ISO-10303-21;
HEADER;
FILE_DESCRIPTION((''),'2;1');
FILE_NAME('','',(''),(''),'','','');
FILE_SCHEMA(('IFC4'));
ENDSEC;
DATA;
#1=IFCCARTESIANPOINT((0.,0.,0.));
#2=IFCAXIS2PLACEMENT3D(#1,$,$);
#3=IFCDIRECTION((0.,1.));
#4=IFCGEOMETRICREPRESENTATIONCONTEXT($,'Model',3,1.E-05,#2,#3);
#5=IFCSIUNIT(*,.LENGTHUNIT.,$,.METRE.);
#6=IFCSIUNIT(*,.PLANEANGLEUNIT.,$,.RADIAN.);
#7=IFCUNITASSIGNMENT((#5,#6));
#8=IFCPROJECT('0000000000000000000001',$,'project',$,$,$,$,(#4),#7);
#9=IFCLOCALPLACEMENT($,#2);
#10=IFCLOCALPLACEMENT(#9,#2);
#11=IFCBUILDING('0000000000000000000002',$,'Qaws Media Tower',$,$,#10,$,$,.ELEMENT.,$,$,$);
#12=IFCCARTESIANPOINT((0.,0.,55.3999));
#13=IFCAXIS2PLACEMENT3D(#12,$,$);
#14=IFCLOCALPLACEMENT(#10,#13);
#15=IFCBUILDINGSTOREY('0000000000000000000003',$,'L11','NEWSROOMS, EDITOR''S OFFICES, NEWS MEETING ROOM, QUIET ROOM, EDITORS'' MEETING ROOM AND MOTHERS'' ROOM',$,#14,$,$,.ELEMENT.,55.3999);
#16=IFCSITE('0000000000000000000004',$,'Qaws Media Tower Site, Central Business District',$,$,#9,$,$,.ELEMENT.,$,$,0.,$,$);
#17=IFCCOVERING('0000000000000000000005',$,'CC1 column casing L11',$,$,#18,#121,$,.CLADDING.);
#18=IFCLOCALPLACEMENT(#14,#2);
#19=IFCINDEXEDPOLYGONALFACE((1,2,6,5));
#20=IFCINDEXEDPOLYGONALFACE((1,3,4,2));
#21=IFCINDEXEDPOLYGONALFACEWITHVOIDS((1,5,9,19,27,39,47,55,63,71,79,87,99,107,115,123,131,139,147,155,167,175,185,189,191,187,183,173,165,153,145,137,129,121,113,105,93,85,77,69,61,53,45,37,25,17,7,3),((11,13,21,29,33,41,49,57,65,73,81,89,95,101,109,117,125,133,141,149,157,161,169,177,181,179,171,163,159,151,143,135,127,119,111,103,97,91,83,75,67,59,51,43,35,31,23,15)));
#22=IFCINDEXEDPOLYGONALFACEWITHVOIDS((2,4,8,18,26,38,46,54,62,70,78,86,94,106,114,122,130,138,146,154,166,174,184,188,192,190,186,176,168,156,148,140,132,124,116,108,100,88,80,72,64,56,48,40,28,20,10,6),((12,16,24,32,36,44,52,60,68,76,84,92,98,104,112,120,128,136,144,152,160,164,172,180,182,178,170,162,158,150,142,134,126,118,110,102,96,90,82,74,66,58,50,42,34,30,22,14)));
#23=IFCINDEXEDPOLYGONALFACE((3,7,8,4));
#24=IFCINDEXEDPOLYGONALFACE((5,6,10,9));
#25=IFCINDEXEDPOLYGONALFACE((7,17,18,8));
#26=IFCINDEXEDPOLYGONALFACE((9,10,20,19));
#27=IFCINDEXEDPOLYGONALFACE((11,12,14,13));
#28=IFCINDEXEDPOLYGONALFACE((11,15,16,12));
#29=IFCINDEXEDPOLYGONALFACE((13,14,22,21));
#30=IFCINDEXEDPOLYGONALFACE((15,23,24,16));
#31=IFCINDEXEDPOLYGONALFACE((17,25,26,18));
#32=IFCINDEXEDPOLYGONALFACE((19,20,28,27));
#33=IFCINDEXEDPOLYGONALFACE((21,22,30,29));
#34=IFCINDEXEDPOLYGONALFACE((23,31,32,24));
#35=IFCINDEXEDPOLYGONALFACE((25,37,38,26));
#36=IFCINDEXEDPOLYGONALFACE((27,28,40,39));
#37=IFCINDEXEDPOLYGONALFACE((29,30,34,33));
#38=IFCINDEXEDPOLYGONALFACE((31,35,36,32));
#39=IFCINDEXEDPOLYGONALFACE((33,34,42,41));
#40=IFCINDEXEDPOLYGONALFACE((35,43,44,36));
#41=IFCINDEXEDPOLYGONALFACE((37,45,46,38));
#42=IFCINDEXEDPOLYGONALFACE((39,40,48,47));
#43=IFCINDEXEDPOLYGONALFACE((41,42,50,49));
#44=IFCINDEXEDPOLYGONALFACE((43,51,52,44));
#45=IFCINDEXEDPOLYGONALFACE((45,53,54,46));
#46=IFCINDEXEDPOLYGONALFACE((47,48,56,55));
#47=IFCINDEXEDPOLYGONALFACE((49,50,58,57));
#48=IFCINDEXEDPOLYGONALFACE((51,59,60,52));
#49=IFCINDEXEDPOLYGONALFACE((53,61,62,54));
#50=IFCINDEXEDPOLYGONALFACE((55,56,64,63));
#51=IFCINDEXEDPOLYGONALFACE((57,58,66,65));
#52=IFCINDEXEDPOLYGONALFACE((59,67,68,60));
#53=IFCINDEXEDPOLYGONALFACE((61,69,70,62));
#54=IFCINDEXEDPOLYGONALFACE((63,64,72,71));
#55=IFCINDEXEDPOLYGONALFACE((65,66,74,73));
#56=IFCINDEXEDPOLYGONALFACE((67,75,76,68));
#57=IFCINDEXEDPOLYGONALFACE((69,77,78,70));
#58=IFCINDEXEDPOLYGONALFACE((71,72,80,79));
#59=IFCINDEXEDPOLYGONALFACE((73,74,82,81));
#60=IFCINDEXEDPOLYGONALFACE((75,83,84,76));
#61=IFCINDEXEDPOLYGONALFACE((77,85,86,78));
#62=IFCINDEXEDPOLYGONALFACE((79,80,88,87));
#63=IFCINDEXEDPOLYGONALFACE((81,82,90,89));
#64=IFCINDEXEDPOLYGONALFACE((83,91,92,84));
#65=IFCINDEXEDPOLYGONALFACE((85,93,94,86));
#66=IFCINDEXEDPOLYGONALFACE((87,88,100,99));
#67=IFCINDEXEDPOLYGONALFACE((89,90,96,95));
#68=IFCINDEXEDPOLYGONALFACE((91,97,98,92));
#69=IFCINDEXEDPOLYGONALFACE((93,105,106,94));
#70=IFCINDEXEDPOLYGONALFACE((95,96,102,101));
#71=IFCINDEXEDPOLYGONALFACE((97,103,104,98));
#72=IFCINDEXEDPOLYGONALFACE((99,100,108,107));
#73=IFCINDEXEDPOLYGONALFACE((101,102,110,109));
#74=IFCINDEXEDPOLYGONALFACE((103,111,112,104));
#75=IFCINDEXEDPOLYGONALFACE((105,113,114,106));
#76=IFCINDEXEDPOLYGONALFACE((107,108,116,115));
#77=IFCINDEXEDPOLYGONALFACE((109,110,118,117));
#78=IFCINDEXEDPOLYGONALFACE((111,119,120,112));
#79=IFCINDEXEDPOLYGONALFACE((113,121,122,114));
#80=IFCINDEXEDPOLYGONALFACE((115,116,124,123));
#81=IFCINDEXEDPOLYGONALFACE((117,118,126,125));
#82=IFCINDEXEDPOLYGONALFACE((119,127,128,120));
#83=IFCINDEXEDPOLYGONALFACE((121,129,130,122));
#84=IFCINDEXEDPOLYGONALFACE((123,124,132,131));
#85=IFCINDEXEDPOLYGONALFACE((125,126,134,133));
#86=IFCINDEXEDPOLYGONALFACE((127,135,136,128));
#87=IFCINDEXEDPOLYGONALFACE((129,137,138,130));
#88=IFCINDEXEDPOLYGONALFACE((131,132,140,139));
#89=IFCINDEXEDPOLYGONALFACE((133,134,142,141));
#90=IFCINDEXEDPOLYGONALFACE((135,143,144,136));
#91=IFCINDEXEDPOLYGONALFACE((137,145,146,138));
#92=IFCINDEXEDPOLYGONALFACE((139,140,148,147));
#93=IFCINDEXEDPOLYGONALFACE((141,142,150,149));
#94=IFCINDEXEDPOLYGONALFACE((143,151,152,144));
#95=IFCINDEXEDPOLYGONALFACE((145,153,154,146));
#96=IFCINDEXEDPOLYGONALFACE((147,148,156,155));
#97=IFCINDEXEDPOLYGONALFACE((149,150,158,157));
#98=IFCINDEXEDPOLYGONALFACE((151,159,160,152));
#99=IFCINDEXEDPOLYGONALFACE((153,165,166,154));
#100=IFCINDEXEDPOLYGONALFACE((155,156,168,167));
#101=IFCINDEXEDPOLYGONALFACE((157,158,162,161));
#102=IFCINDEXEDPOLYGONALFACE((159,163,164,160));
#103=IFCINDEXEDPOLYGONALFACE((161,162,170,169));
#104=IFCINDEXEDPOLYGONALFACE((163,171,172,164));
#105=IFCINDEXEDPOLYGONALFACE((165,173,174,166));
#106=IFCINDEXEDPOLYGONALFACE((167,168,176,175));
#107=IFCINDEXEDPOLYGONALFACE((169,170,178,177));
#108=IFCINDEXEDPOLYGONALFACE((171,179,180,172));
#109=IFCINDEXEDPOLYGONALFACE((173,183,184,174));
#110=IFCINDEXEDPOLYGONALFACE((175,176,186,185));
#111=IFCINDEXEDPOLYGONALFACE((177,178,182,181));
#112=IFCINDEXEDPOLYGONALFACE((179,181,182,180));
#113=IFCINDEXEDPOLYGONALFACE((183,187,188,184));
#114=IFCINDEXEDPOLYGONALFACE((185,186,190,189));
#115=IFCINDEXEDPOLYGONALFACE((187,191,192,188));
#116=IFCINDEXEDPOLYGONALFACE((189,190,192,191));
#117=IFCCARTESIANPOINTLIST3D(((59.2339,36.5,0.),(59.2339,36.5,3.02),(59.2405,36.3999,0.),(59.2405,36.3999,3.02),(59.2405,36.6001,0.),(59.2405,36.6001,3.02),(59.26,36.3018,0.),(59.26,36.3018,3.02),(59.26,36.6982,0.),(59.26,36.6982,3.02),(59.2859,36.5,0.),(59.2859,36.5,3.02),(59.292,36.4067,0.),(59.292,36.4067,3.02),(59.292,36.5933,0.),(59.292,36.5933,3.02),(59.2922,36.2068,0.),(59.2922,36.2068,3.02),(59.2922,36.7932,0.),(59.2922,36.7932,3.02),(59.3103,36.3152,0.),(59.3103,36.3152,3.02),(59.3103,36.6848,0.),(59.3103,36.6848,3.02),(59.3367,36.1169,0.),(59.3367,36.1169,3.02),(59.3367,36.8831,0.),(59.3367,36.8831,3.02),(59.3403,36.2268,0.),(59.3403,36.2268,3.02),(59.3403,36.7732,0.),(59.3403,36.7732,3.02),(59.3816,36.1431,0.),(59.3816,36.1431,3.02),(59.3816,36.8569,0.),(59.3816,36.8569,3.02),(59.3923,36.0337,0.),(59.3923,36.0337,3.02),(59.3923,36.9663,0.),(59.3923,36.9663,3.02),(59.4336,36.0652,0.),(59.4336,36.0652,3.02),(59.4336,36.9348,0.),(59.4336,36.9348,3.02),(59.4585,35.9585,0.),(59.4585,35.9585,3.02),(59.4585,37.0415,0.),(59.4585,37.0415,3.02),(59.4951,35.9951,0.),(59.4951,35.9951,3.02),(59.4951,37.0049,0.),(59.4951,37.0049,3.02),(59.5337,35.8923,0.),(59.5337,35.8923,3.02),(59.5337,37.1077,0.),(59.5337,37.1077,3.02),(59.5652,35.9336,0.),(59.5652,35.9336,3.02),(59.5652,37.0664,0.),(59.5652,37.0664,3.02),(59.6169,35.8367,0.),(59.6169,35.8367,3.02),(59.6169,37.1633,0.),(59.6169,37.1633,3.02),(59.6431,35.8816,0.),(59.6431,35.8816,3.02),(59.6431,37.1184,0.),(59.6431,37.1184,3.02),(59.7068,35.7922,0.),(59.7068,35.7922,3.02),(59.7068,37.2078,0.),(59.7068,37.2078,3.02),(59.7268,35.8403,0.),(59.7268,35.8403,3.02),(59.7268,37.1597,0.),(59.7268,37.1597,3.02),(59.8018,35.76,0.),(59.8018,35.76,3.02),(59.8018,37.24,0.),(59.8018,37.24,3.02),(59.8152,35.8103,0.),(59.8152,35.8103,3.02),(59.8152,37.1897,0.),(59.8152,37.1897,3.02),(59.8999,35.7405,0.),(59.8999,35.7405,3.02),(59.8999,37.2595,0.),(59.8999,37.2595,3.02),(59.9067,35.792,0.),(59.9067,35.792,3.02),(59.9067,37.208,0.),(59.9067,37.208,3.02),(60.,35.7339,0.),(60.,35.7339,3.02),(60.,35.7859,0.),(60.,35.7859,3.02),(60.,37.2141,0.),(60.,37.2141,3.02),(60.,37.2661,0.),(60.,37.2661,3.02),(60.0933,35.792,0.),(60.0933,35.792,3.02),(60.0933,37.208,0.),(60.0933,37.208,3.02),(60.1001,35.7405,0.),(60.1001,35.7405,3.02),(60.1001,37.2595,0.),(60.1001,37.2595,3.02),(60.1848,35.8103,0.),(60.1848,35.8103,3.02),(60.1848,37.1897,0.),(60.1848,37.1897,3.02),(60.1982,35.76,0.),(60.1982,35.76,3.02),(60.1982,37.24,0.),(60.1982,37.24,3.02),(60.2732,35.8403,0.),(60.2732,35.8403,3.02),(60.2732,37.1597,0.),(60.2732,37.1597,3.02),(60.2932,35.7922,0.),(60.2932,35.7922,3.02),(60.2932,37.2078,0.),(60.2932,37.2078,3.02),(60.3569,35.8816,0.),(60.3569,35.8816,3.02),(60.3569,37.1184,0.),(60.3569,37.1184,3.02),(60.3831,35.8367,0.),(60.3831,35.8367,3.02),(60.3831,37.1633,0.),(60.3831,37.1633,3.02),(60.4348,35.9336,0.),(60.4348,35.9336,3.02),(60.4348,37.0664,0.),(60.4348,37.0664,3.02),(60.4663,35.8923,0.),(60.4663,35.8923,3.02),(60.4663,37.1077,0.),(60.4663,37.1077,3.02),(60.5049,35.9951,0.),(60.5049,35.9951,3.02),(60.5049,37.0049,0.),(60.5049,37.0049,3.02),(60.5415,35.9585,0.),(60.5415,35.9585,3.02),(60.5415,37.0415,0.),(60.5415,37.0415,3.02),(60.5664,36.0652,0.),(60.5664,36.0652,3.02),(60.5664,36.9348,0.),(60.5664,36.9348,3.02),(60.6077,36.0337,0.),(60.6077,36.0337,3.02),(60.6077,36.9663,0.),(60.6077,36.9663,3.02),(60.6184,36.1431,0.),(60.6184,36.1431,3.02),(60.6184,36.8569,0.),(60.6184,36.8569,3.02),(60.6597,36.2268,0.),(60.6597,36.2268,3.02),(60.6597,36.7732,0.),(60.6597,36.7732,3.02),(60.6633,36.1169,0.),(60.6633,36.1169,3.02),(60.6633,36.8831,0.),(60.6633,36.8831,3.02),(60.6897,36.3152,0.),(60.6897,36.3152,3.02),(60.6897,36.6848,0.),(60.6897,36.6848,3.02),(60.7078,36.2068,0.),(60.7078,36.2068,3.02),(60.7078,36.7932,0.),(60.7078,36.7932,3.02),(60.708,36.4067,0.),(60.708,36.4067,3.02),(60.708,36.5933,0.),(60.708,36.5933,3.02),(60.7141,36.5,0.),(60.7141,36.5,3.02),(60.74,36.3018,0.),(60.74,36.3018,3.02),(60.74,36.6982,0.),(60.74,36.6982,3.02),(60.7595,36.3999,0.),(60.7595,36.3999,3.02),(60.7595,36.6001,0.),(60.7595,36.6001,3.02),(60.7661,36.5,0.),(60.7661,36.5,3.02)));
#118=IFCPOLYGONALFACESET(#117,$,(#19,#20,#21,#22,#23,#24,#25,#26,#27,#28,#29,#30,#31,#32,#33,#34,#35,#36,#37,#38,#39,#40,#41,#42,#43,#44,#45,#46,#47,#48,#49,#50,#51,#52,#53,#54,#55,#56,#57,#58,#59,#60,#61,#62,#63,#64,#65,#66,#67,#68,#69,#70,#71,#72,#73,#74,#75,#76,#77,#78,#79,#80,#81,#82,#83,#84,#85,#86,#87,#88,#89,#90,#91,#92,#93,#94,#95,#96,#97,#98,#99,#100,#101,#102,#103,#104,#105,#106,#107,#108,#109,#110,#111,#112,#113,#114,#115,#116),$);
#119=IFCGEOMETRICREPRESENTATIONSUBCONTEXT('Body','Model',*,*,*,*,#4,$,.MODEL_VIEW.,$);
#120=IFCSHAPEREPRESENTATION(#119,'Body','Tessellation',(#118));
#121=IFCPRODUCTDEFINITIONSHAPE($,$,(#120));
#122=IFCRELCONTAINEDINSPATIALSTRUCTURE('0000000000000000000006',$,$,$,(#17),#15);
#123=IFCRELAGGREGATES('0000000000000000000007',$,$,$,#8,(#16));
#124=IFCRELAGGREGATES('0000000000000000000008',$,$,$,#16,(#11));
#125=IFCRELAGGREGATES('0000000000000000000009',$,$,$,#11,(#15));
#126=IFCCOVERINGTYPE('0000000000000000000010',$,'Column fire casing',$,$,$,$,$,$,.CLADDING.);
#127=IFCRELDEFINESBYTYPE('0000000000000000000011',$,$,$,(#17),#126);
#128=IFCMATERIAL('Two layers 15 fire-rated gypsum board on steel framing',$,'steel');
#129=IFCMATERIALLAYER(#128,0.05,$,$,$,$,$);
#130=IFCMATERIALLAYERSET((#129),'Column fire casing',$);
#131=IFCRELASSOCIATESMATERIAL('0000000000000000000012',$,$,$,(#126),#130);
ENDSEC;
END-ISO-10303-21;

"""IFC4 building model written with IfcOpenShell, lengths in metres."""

from ifc_helpers import new_model, si_unit, direction, frame, origin, place, context, subcontext, project, spatial, polyline, outline, extrude, material, layer, layer_set, type_object, element, save


model = new_model("IFC4")

# Units and contexts
model_context = context("Model", 3, precision=1e-05, world=origin(), true_north=direction((0.0, 1.0)))
body_context = subcontext(model_context, "Body", "Model", "MODEL_VIEW")
ifc_project = project(units=[si_unit("LENGTHUNIT", "METRE"), si_unit("PLANEANGLEUNIT", "RADIAN")], contexts=[model_context])

# Site, building, storey
site_placement = place(None, origin())
site = spatial("IfcSite", under=ifc_project, at=site_placement, Name="Qaws Media Tower Site, Central Business District", CompositionType="ELEMENT", RefElevation=0.0)
building_placement = place(site_placement, origin())
building = spatial("IfcBuilding", under=site, at=building_placement, Name="Qaws Media Tower", CompositionType="ELEMENT")
storey_placement = place(building_placement, frame((0.0, 0.0, 55.3999)))
storey = spatial("IfcBuildingStorey", under=building, at=storey_placement, Name="L11", Description="NEWSROOMS, EDITOR'S OFFICES, NEWS MEETING ROOM, QUIET ROOM, EDITORS' MEETING ROOM AND MOTHERS' ROOM", CompositionType="ELEMENT", Elevation=55.3999)

# Covering
ifc_material_1 = material(Name="Two layers 15 fire-rated gypsum board on steel framing", Category="steel")
ifc_layer_1 = layer(ifc_material_1, 0.05)
ifc_layer_set_1 = layer_set([ifc_layer_1], Name="Column fire casing")
covering_type = type_object("IfcCoveringType", Name="Column fire casing", PredefinedType="CLADDING", material=ifc_layer_set_1)
covering_1_placement = place(storey_placement, origin())
element("IfcCovering", 1, at=covering_1_placement, inside=storey, type_object=covering_type, Name="CC1 column casing L11", PredefinedType="CLADDING", context=body_context, shape_type="SweptSolid", body=[
    extrude(outline(polyline([(60.7661, 36.5), (60.7595, 36.3999), (60.74, 36.3018), (60.7078, 36.2068), (60.6633, 36.1169), (60.6077, 36.0337), (60.5415, 35.9585), (60.4663, 35.8923), (60.3831, 35.8367), (60.2932, 35.7922), (60.1982, 35.76), (60.1001, 35.7405), (60.0, 35.7339), (59.8999, 35.7405), (59.8018, 35.76), (59.7068, 35.7922), (59.6169, 35.8367), (59.5337, 35.8923), (59.4585, 35.9585), (59.3923, 36.0337), (59.3367, 36.1169), (59.2922, 36.2068), (59.26, 36.3018), (59.2405, 36.3999), (59.2339, 36.5), (59.2405, 36.6001), (59.26, 36.6982), (59.2922, 36.7932), (59.3367, 36.8831), (59.3923, 36.9663), (59.4585, 37.0415), (59.5337, 37.1077), (59.6169, 37.1633), (59.7068, 37.2078), (59.8018, 37.24), (59.8999, 37.2595), (60.0, 37.2661), (60.1001, 37.2595), (60.1982, 37.24), (60.2932, 37.2078), (60.3831, 37.1633), (60.4663, 37.1077), (60.5415, 37.0415), (60.6077, 36.9663), (60.6633, 36.8831), (60.7078, 36.7932), (60.74, 36.6982), (60.7595, 36.6001), (60.7661, 36.5)]), holes=[polyline([(60.7141, 36.5), (60.708, 36.4067), (60.6897, 36.3152), (60.6597, 36.2268), (60.6184, 36.1431), (60.5664, 36.0652), (60.5049, 35.9951), (60.4348, 35.9336), (60.3569, 35.8816), (60.2732, 35.8403), (60.1848, 35.8103), (60.0933, 35.792), (60.0, 35.7859), (59.9067, 35.792), (59.8152, 35.8103), (59.7268, 35.8403), (59.6431, 35.8816), (59.5652, 35.9336), (59.4951, 35.9951), (59.4336, 36.0652), (59.3816, 36.1431), (59.3403, 36.2268), (59.3103, 36.3152), (59.292, 36.4067), (59.2859, 36.5), (59.292, 36.5933), (59.3103, 36.6848), (59.3403, 36.7732), (59.3816, 36.8569), (59.4336, 36.9348), (59.4951, 37.0049), (59.5652, 37.0664), (59.6431, 37.1184), (59.7268, 37.1597), (59.8152, 37.1897), (59.9067, 37.208), (60.0, 37.2141), (60.0933, 37.208), (60.1848, 37.1897), (60.2732, 37.1597), (60.3569, 37.1184), (60.4348, 37.0664), (60.5049, 37.0049), (60.5664, 36.9348), (60.6184, 36.8569), (60.6597, 36.7732), (60.6897, 36.6848), (60.708, 36.5933), (60.7141, 36.5)])]), origin(), (0.0, 0.0, 1.0), 3.02),
])

save(model, "model.ifc")
